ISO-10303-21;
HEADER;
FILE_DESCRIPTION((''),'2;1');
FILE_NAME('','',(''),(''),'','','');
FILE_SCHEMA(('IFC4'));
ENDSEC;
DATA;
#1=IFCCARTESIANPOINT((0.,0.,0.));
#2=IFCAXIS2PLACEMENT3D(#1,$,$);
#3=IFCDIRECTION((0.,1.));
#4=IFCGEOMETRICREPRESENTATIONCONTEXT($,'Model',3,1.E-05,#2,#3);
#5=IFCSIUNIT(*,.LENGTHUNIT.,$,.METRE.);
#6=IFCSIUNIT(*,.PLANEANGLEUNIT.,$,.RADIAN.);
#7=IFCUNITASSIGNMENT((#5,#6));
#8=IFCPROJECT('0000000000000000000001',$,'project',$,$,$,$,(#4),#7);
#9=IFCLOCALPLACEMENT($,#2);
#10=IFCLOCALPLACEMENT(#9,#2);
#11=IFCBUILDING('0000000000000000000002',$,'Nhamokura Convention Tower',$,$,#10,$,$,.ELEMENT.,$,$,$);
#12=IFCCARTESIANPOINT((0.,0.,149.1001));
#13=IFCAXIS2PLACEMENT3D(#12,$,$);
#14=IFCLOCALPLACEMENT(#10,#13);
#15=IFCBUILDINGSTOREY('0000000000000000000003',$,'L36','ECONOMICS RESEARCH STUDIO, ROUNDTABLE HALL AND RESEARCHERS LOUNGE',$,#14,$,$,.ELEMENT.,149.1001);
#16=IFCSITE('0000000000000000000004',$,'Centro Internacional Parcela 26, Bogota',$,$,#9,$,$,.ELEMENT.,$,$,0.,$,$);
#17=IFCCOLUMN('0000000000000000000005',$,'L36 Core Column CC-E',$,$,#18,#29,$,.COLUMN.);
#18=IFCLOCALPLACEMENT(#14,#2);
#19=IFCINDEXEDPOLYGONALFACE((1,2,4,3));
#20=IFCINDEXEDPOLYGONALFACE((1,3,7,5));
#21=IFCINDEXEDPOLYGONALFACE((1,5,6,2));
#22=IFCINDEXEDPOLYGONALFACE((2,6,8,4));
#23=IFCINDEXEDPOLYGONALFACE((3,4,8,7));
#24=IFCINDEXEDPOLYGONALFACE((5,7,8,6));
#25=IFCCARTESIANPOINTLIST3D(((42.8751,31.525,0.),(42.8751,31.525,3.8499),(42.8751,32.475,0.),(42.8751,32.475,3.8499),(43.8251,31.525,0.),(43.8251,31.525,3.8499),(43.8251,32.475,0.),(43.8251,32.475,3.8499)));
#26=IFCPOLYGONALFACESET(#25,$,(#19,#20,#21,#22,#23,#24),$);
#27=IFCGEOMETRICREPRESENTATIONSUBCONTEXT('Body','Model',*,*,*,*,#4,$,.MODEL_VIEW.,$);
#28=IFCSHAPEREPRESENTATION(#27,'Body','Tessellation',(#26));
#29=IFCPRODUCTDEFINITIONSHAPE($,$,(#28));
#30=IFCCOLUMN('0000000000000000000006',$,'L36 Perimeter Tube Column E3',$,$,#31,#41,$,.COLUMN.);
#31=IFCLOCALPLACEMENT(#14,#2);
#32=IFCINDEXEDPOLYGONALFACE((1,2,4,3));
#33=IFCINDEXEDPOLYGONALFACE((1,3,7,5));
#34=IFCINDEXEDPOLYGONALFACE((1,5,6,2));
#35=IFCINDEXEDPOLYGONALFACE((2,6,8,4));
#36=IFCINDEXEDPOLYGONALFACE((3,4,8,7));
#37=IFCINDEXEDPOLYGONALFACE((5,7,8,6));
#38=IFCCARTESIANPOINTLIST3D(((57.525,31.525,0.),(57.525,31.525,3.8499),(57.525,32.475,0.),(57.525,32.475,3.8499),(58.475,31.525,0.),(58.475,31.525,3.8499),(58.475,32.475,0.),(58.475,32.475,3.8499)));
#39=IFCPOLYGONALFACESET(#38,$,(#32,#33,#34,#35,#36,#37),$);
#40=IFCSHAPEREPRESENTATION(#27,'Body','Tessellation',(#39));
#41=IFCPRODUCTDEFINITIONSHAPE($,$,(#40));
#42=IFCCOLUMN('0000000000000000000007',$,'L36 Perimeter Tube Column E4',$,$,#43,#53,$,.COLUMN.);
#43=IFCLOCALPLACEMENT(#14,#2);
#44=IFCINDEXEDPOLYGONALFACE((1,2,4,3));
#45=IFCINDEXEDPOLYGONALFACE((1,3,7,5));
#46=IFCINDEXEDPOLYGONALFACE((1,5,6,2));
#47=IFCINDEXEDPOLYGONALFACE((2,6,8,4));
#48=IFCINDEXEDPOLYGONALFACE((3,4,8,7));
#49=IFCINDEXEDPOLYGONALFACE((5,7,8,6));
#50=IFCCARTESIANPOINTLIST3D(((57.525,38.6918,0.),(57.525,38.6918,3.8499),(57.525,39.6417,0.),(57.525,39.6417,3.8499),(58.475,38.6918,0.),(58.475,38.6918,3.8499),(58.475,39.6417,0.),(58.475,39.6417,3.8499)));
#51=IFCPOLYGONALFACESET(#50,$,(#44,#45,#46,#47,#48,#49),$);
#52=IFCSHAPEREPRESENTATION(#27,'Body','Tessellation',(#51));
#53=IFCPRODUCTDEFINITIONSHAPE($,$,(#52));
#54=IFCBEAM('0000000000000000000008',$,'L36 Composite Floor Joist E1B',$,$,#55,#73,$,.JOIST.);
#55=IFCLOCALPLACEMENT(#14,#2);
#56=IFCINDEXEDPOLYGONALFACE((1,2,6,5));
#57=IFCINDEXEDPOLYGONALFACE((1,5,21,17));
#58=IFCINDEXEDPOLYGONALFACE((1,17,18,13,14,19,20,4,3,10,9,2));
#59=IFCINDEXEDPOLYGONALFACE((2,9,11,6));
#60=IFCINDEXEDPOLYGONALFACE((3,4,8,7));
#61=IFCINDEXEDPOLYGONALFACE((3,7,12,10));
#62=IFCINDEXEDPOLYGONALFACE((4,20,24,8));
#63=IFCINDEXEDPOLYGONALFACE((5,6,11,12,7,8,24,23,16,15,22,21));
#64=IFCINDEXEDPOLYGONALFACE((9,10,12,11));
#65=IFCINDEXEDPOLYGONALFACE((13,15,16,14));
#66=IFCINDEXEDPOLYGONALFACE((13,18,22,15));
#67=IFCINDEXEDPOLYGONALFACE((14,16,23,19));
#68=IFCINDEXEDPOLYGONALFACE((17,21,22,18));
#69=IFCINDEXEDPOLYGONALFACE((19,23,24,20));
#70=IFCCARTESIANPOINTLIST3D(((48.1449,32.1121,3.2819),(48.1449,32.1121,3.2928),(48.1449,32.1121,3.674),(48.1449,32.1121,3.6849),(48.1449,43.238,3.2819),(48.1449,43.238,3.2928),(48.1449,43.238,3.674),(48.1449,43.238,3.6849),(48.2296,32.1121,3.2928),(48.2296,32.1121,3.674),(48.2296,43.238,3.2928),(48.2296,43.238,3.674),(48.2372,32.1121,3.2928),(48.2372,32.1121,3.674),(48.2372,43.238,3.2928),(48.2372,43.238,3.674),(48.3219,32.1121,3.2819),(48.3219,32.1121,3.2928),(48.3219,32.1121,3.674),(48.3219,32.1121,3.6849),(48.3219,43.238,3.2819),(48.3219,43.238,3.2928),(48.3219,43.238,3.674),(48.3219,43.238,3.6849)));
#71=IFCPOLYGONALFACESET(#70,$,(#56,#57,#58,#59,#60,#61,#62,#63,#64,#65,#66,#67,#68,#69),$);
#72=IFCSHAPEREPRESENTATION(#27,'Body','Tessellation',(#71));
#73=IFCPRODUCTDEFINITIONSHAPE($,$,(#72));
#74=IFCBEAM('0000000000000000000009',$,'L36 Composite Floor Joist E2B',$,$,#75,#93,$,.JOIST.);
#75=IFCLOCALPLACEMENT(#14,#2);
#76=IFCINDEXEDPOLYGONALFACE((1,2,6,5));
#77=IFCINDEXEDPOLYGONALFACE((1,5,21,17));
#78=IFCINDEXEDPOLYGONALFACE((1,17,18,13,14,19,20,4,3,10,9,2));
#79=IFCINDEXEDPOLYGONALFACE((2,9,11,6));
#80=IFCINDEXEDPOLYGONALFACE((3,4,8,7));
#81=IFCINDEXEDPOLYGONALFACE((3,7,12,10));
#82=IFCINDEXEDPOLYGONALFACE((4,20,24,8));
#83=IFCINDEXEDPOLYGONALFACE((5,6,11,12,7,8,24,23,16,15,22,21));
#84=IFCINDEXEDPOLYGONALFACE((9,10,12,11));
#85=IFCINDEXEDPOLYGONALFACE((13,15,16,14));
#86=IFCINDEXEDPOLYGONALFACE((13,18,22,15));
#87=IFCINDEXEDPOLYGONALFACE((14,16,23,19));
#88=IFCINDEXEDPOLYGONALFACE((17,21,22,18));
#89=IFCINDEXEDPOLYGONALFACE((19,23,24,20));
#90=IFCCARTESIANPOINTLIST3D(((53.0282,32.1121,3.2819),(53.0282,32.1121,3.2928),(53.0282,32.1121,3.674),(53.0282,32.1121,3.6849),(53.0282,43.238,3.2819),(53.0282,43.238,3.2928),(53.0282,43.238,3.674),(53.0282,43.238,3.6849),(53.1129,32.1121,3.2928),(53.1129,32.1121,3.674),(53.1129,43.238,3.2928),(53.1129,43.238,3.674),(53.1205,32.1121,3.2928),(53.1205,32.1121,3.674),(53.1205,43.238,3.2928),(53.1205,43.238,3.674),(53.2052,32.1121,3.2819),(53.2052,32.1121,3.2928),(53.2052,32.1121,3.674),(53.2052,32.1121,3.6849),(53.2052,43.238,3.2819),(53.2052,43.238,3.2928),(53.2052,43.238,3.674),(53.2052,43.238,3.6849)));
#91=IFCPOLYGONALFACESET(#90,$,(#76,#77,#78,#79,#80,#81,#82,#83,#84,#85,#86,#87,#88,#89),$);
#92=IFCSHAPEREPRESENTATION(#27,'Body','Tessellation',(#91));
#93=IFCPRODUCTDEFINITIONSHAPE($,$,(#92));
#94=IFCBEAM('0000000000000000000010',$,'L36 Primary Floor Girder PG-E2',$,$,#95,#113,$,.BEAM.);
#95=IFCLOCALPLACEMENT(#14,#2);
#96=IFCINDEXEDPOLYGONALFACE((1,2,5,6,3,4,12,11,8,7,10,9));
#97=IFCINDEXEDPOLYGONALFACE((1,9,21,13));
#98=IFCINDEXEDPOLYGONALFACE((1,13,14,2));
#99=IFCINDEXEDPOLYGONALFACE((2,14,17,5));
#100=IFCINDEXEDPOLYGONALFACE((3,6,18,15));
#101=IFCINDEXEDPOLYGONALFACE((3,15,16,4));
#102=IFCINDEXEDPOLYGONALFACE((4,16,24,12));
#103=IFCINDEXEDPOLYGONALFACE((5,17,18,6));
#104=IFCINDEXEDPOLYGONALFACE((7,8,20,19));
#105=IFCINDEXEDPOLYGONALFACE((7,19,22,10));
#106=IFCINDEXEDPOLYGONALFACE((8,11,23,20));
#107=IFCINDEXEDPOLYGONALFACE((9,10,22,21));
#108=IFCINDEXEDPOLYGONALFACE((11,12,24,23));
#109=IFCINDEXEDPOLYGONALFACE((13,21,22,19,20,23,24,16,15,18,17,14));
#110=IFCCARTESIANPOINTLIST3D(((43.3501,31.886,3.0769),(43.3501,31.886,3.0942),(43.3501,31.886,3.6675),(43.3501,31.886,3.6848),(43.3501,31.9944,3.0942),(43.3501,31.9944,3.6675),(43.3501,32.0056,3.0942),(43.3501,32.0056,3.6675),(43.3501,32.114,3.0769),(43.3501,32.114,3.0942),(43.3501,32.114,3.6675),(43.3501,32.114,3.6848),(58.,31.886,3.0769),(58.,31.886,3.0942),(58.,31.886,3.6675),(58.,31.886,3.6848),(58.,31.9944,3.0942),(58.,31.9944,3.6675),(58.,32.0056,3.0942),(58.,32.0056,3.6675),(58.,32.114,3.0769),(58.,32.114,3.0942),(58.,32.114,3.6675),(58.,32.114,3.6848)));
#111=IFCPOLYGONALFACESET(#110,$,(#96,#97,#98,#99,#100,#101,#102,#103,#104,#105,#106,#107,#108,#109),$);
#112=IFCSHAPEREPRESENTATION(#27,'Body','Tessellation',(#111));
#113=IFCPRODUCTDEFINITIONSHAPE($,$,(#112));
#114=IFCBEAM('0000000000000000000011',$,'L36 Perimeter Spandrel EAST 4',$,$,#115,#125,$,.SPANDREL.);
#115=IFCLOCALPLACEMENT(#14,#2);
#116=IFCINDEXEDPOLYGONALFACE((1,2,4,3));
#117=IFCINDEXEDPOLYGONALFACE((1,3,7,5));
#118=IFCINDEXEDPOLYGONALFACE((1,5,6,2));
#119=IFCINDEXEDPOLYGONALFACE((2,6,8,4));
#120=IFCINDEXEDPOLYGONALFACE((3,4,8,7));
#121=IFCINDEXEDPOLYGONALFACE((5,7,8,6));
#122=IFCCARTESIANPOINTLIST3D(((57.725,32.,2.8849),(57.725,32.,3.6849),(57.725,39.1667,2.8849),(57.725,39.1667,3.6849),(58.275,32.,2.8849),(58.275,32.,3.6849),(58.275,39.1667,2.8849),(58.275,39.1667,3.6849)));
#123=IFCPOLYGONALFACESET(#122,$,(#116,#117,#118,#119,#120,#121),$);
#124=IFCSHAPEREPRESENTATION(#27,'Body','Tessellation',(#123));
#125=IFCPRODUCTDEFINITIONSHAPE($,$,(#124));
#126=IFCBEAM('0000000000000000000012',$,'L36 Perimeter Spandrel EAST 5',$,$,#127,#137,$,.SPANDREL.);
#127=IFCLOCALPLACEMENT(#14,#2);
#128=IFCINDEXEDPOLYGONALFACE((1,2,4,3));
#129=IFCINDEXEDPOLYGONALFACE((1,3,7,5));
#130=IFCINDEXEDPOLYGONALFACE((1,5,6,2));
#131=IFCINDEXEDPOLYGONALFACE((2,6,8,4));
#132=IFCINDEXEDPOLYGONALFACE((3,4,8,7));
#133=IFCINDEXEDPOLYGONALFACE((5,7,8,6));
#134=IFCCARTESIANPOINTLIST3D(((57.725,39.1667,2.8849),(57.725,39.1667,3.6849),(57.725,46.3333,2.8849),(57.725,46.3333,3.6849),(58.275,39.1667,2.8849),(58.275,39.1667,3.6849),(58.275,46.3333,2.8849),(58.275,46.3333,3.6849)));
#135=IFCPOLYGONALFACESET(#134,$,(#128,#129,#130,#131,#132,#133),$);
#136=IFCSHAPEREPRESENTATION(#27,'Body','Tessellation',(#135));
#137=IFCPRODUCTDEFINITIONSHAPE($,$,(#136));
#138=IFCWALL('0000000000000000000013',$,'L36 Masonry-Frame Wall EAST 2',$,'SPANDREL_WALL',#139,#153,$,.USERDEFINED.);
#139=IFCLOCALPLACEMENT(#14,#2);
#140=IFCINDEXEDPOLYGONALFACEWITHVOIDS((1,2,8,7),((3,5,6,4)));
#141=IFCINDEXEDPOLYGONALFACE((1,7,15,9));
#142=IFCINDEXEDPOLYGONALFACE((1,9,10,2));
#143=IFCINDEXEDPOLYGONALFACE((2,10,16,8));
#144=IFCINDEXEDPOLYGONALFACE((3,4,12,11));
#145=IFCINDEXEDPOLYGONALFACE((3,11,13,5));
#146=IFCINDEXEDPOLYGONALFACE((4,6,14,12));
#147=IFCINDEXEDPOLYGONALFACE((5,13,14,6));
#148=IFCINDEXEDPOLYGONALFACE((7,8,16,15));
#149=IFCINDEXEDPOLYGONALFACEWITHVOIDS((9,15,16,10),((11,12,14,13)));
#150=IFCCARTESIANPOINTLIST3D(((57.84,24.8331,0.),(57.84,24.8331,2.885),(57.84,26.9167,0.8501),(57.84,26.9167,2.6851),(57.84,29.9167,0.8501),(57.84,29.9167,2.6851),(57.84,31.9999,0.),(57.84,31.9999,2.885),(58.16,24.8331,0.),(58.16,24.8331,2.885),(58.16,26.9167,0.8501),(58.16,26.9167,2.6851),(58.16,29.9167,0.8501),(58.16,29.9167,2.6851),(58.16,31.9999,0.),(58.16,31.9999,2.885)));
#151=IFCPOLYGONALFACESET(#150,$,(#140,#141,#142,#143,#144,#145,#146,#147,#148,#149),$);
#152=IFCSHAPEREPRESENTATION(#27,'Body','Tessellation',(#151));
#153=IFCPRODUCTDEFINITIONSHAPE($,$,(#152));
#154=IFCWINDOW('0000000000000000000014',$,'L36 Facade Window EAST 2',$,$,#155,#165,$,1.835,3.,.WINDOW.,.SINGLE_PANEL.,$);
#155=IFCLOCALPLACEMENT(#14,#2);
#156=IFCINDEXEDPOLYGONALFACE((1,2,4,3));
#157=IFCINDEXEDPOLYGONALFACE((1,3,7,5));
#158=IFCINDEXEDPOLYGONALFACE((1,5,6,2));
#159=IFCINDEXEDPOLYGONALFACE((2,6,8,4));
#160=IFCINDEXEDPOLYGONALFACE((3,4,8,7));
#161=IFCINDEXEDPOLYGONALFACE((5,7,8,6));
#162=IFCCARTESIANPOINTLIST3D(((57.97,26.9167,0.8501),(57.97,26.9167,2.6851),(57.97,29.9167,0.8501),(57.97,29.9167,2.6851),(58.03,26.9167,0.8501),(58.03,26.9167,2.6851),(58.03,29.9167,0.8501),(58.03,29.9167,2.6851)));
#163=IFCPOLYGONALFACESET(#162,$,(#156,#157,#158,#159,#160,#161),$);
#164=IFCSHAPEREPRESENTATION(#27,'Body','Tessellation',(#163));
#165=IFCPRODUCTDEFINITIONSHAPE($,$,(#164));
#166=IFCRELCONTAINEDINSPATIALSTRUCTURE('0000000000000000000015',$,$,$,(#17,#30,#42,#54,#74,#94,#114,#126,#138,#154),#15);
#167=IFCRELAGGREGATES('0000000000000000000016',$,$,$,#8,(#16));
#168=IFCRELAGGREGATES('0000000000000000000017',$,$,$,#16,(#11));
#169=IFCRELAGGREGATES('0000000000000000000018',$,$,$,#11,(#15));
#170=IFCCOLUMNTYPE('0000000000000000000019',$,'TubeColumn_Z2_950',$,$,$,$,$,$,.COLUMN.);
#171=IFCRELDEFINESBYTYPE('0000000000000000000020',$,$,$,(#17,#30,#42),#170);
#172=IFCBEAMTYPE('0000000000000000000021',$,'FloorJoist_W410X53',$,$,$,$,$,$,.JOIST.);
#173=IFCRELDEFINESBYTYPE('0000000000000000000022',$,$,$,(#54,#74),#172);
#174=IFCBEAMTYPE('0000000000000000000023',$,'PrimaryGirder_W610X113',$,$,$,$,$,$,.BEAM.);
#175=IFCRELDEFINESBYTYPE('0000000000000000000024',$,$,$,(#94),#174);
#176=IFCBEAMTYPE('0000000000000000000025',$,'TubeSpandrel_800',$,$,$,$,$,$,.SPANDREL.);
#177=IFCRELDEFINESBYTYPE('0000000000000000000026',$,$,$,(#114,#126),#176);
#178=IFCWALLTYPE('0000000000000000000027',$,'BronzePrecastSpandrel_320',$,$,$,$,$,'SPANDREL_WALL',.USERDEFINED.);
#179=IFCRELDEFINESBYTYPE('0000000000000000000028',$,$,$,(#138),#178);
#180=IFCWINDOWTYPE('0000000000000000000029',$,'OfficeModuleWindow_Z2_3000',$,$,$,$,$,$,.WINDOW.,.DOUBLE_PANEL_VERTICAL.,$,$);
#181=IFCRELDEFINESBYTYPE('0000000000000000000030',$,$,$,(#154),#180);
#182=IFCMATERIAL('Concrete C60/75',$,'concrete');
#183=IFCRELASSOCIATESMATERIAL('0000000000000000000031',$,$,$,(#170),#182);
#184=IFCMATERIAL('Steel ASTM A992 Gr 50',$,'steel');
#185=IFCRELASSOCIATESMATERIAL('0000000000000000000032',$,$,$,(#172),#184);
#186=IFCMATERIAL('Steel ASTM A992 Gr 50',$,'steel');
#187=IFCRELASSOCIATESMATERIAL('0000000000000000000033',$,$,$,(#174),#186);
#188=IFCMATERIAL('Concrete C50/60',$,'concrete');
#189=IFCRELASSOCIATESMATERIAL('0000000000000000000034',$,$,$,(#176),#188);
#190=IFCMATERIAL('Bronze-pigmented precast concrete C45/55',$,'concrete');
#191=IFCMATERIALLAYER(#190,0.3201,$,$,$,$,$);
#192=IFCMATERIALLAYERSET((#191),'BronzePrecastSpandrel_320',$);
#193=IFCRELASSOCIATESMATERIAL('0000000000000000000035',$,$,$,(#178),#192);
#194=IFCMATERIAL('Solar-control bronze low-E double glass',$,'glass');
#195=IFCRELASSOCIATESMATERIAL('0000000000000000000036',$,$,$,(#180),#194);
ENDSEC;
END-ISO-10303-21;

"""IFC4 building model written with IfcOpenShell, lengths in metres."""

from ifc_helpers import new_model, si_unit, direction, frame, frame_2d, origin, origin_2d, place, context, subcontext, project, spatial, rectangle, i_section, extrude, material, layer, layer_set, material_profile, profile_set, type_object, element, fill, save


model = new_model("IFC4")

# Units and contexts
model_context = context("Model", 3, precision=1e-05, world=origin(), true_north=direction((0.0, 1.0)))
body_context = subcontext(model_context, "Body", "Model", "MODEL_VIEW")
ifc_project = project(units=[si_unit("LENGTHUNIT", "METRE"), si_unit("PLANEANGLEUNIT", "RADIAN")], contexts=[model_context])

# Site, building, storey
site_placement = place(None, origin())
site = spatial("IfcSite", under=ifc_project, at=site_placement, Name="Centro Internacional Parcela 26, Bogota", CompositionType="ELEMENT", RefElevation=0.0)
building_placement = place(site_placement, origin())
building = spatial("IfcBuilding", under=site, at=building_placement, Name="Nhamokura Convention Tower", CompositionType="ELEMENT")
storey_placement = place(building_placement, frame((0.0, 0.0, 149.1001)))
storey = spatial("IfcBuildingStorey", under=building, at=storey_placement, Name="L36", Description="ECONOMICS RESEARCH STUDIO, ROUNDTABLE HALL AND RESEARCHERS LOUNGE", CompositionType="ELEMENT", Elevation=149.1001)

# Columns
ifc_material_1 = material(Name="Concrete C60/75", Category="concrete")
ifc_material_profile_1 = material_profile(ifc_material_1, rectangle(XDim=0.95, YDim=0.95, at=origin_2d()))
ifc_profile_set_1 = profile_set([ifc_material_profile_1], Name="Concrete C60/75")
column_type = type_object("IfcColumnType", Name="TubeColumn_Z2_950", PredefinedType="COLUMN", material=ifc_profile_set_1)
for number, where, z_axis, x_axis, name in (
    (1, (43.3501, 32.0, 0.0), (0.0, 0.0, 1.0), (1.0, 0.0, 0.0), "L36 Core Column CC-E"),
    (2, (58.0, 32.0, 0.0), (0.0, 0.0, 1.0), (1.0, 0.0, 0.0), "L36 Perimeter Tube Column E3"),
    (3, (58.0, 39.1667, 0.0), (0.0, 0.0, 1.0), (1.0, 0.0, 0.0), "L36 Perimeter Tube Column E4"),
):
    element("IfcColumn", number, at=place(storey_placement, frame(where, z_axis=z_axis, x_axis=x_axis)), inside=storey, type_object=column_type, Name=name, PredefinedType="COLUMN", context=body_context, shape_type="SweptSolid", body=[
        extrude(rectangle(XDim=0.95, YDim=0.95, at=origin_2d()), origin(), (0.0, 0.0, 1.0), 3.8499),
    ])

# Beams
ifc_material_2 = material(Name="Steel ASTM A992 Gr 50", Category="steel")
ifc_material_profile_2 = material_profile(ifc_material_2, i_section(OverallWidth=0.177, OverallDepth=0.4031, WebThickness=0.0076, FlangeThickness=0.011, at=origin_2d()))
ifc_profile_set_2 = profile_set([ifc_material_profile_2], Name="Steel ASTM A992 Gr 50")
beam_type_1 = type_object("IfcBeamType", Name="FloorJoist_W410X53", PredefinedType="JOIST", material=ifc_profile_set_2)
for number, where, z_axis, x_axis, name in (
    (4, (48.2334, 32.1121, 3.4834), (0.0, 1.0, 0.0), (-1.0, 0.0, 0.0), "L36 Composite Floor Joist E1B"),
    (5, (53.1167, 32.1121, 3.4834), (0.0, 1.0, 0.0), (-1.0, 0.0, 0.0), "L36 Composite Floor Joist E2B"),
):
    element("IfcBeam", number, at=place(storey_placement, frame(where, z_axis=z_axis, x_axis=x_axis)), inside=storey, type_object=beam_type_1, Name=name, PredefinedType="JOIST", context=body_context, shape_type="SweptSolid", body=[
        extrude(i_section(OverallWidth=0.177, OverallDepth=0.4031, WebThickness=0.0076, FlangeThickness=0.011, at=origin_2d()), origin(), (0.0, 0.0, 1.0), 11.126),
    ])
ifc_material_3 = material(Name="Steel ASTM A992 Gr 50", Category="steel")
ifc_material_profile_3 = material_profile(ifc_material_3, i_section(OverallWidth=0.228, OverallDepth=0.6079, WebThickness=0.0112, FlangeThickness=0.0173, at=origin_2d()))
ifc_profile_set_3 = profile_set([ifc_material_profile_3], Name="Steel ASTM A992 Gr 50")
beam_type_2 = type_object("IfcBeamType", Name="PrimaryGirder_W610X113", PredefinedType="BEAM", material=ifc_profile_set_3)
beam_1_placement = place(storey_placement, frame((43.3501, 32.0, 3.3809), z_axis=(1.0, 0.0, 0.0), x_axis=(0.0, 1.0, 0.0)))
element("IfcBeam", 6, at=beam_1_placement, inside=storey, type_object=beam_type_2, Name="L36 Primary Floor Girder PG-E2", PredefinedType="BEAM", context=body_context, shape_type="SweptSolid", body=[
    extrude(i_section(OverallWidth=0.228, OverallDepth=0.6079, WebThickness=0.0112, FlangeThickness=0.0173, at=origin_2d()), origin(), (0.0, 0.0, 1.0), 14.6499),
])
ifc_material_4 = material(Name="Concrete C50/60", Category="concrete")
ifc_material_profile_4 = material_profile(ifc_material_4, rectangle(XDim=0.55, YDim=0.8, at=origin_2d()))
ifc_profile_set_4 = profile_set([ifc_material_profile_4], Name="Concrete C50/60")
beam_type_3 = type_object("IfcBeamType", Name="TubeSpandrel_800", PredefinedType="SPANDREL", material=ifc_profile_set_4)
beam_2_placement = place(storey_placement, frame((58.0, 32.0, 3.2849), z_axis=(0.0, 1.0, 0.0), x_axis=(-1.0, 0.0, 0.0)))
element("IfcBeam", 7, at=beam_2_placement, inside=storey, type_object=beam_type_3, Name="L36 Perimeter Spandrel EAST 4", PredefinedType="SPANDREL", context=body_context, shape_type="SweptSolid", body=[
    extrude(rectangle(XDim=0.55, YDim=0.8, at=origin_2d()), origin(), (0.0, 0.0, 1.0), 7.1667),
])
beam_3_placement = place(storey_placement, frame((58.0, 39.1667, 3.2849), z_axis=(0.0, 1.0, 0.0), x_axis=(-1.0, 0.0, 0.0)))
element("IfcBeam", 8, at=beam_3_placement, inside=storey, type_object=beam_type_3, Name="L36 Perimeter Spandrel EAST 5", PredefinedType="SPANDREL", context=body_context, shape_type="SweptSolid", body=[
    extrude(rectangle(XDim=0.55, YDim=0.8, at=origin_2d()), origin(), (0.0, 0.0, 1.0), 7.1665),
])

# Wall, opening, window
ifc_material_5 = material(Name="Bronze-pigmented precast concrete C45/55", Category="concrete")
ifc_layer_1 = layer(ifc_material_5, 0.3201)
ifc_layer_set_1 = layer_set([ifc_layer_1], Name="BronzePrecastSpandrel_320")
wall_type_1 = type_object("IfcWallType", Name="BronzePrecastSpandrel_320", ElementType="SPANDREL_WALL", PredefinedType="USERDEFINED", material=ifc_layer_set_1)
wall_1_placement = place(storey_placement, frame((58.0, 32.0, 0.0), z_axis=(0.0, 0.0, 1.0), x_axis=(0.0, -1.0, 0.0)))
wall_1 = element("IfcWall", 9, at=wall_1_placement, inside=storey, type_object=wall_type_1, Name="L36 Masonry-Frame Wall EAST 2", ObjectType="SPANDREL_WALL", PredefinedType="USERDEFINED", context=body_context, shape_type="SweptSolid", body=[
    extrude(rectangle(XDim=7.1667, YDim=0.3201, at=frame_2d((3.5835, 0.0))), origin(), (0.0, 0.0, 1.0), 2.885),
])
opening_1_placement = place(wall_1_placement, frame((2.0833, 0.0, 0.8501)))
opening_1 = element("IfcOpeningElement", 10, at=opening_1_placement, cuts=wall_1, PredefinedType="OPENING", context=body_context, shape_type="SweptSolid", body=[
    extrude(rectangle(XDim=3.0, YDim=1.835, at=frame_2d((1.5, 0.9175))), frame((0.0, 0.1699, 0.0), z_axis=(0.0, -1.0, 0.0), x_axis=(1.0, 0.0, 0.0)), (0.0, 0.0, 1.0), 0.3401),
])
ifc_material_6 = material(Name="Solar-control bronze low-E double glass", Category="glass")
window_type = type_object("IfcWindowType", Name="OfficeModuleWindow_Z2_3000", PartitioningType="DOUBLE_PANEL_VERTICAL", PredefinedType="WINDOW", material=ifc_material_6)
window_1_placement = place(opening_1_placement, origin())
window_1 = element("IfcWindow", 11, at=window_1_placement, inside=storey, type_object=window_type, Name="L36 Facade Window EAST 2", OverallHeight=1.835, OverallWidth=3.0, PartitioningType="SINGLE_PANEL", PredefinedType="WINDOW", context=body_context, shape_type="SweptSolid", body=[
    extrude(rectangle(XDim=3.0, YDim=1.835, at=frame_2d((1.5, 0.9175))), frame((0.0, 0.03, 0.0), z_axis=(0.0, -1.0, 0.0), x_axis=(1.0, 0.0, 0.0)), (0.0, 0.0, 1.0), 0.0601),
])
fill(opening_1, window_1)

save(model, "model.ifc")
